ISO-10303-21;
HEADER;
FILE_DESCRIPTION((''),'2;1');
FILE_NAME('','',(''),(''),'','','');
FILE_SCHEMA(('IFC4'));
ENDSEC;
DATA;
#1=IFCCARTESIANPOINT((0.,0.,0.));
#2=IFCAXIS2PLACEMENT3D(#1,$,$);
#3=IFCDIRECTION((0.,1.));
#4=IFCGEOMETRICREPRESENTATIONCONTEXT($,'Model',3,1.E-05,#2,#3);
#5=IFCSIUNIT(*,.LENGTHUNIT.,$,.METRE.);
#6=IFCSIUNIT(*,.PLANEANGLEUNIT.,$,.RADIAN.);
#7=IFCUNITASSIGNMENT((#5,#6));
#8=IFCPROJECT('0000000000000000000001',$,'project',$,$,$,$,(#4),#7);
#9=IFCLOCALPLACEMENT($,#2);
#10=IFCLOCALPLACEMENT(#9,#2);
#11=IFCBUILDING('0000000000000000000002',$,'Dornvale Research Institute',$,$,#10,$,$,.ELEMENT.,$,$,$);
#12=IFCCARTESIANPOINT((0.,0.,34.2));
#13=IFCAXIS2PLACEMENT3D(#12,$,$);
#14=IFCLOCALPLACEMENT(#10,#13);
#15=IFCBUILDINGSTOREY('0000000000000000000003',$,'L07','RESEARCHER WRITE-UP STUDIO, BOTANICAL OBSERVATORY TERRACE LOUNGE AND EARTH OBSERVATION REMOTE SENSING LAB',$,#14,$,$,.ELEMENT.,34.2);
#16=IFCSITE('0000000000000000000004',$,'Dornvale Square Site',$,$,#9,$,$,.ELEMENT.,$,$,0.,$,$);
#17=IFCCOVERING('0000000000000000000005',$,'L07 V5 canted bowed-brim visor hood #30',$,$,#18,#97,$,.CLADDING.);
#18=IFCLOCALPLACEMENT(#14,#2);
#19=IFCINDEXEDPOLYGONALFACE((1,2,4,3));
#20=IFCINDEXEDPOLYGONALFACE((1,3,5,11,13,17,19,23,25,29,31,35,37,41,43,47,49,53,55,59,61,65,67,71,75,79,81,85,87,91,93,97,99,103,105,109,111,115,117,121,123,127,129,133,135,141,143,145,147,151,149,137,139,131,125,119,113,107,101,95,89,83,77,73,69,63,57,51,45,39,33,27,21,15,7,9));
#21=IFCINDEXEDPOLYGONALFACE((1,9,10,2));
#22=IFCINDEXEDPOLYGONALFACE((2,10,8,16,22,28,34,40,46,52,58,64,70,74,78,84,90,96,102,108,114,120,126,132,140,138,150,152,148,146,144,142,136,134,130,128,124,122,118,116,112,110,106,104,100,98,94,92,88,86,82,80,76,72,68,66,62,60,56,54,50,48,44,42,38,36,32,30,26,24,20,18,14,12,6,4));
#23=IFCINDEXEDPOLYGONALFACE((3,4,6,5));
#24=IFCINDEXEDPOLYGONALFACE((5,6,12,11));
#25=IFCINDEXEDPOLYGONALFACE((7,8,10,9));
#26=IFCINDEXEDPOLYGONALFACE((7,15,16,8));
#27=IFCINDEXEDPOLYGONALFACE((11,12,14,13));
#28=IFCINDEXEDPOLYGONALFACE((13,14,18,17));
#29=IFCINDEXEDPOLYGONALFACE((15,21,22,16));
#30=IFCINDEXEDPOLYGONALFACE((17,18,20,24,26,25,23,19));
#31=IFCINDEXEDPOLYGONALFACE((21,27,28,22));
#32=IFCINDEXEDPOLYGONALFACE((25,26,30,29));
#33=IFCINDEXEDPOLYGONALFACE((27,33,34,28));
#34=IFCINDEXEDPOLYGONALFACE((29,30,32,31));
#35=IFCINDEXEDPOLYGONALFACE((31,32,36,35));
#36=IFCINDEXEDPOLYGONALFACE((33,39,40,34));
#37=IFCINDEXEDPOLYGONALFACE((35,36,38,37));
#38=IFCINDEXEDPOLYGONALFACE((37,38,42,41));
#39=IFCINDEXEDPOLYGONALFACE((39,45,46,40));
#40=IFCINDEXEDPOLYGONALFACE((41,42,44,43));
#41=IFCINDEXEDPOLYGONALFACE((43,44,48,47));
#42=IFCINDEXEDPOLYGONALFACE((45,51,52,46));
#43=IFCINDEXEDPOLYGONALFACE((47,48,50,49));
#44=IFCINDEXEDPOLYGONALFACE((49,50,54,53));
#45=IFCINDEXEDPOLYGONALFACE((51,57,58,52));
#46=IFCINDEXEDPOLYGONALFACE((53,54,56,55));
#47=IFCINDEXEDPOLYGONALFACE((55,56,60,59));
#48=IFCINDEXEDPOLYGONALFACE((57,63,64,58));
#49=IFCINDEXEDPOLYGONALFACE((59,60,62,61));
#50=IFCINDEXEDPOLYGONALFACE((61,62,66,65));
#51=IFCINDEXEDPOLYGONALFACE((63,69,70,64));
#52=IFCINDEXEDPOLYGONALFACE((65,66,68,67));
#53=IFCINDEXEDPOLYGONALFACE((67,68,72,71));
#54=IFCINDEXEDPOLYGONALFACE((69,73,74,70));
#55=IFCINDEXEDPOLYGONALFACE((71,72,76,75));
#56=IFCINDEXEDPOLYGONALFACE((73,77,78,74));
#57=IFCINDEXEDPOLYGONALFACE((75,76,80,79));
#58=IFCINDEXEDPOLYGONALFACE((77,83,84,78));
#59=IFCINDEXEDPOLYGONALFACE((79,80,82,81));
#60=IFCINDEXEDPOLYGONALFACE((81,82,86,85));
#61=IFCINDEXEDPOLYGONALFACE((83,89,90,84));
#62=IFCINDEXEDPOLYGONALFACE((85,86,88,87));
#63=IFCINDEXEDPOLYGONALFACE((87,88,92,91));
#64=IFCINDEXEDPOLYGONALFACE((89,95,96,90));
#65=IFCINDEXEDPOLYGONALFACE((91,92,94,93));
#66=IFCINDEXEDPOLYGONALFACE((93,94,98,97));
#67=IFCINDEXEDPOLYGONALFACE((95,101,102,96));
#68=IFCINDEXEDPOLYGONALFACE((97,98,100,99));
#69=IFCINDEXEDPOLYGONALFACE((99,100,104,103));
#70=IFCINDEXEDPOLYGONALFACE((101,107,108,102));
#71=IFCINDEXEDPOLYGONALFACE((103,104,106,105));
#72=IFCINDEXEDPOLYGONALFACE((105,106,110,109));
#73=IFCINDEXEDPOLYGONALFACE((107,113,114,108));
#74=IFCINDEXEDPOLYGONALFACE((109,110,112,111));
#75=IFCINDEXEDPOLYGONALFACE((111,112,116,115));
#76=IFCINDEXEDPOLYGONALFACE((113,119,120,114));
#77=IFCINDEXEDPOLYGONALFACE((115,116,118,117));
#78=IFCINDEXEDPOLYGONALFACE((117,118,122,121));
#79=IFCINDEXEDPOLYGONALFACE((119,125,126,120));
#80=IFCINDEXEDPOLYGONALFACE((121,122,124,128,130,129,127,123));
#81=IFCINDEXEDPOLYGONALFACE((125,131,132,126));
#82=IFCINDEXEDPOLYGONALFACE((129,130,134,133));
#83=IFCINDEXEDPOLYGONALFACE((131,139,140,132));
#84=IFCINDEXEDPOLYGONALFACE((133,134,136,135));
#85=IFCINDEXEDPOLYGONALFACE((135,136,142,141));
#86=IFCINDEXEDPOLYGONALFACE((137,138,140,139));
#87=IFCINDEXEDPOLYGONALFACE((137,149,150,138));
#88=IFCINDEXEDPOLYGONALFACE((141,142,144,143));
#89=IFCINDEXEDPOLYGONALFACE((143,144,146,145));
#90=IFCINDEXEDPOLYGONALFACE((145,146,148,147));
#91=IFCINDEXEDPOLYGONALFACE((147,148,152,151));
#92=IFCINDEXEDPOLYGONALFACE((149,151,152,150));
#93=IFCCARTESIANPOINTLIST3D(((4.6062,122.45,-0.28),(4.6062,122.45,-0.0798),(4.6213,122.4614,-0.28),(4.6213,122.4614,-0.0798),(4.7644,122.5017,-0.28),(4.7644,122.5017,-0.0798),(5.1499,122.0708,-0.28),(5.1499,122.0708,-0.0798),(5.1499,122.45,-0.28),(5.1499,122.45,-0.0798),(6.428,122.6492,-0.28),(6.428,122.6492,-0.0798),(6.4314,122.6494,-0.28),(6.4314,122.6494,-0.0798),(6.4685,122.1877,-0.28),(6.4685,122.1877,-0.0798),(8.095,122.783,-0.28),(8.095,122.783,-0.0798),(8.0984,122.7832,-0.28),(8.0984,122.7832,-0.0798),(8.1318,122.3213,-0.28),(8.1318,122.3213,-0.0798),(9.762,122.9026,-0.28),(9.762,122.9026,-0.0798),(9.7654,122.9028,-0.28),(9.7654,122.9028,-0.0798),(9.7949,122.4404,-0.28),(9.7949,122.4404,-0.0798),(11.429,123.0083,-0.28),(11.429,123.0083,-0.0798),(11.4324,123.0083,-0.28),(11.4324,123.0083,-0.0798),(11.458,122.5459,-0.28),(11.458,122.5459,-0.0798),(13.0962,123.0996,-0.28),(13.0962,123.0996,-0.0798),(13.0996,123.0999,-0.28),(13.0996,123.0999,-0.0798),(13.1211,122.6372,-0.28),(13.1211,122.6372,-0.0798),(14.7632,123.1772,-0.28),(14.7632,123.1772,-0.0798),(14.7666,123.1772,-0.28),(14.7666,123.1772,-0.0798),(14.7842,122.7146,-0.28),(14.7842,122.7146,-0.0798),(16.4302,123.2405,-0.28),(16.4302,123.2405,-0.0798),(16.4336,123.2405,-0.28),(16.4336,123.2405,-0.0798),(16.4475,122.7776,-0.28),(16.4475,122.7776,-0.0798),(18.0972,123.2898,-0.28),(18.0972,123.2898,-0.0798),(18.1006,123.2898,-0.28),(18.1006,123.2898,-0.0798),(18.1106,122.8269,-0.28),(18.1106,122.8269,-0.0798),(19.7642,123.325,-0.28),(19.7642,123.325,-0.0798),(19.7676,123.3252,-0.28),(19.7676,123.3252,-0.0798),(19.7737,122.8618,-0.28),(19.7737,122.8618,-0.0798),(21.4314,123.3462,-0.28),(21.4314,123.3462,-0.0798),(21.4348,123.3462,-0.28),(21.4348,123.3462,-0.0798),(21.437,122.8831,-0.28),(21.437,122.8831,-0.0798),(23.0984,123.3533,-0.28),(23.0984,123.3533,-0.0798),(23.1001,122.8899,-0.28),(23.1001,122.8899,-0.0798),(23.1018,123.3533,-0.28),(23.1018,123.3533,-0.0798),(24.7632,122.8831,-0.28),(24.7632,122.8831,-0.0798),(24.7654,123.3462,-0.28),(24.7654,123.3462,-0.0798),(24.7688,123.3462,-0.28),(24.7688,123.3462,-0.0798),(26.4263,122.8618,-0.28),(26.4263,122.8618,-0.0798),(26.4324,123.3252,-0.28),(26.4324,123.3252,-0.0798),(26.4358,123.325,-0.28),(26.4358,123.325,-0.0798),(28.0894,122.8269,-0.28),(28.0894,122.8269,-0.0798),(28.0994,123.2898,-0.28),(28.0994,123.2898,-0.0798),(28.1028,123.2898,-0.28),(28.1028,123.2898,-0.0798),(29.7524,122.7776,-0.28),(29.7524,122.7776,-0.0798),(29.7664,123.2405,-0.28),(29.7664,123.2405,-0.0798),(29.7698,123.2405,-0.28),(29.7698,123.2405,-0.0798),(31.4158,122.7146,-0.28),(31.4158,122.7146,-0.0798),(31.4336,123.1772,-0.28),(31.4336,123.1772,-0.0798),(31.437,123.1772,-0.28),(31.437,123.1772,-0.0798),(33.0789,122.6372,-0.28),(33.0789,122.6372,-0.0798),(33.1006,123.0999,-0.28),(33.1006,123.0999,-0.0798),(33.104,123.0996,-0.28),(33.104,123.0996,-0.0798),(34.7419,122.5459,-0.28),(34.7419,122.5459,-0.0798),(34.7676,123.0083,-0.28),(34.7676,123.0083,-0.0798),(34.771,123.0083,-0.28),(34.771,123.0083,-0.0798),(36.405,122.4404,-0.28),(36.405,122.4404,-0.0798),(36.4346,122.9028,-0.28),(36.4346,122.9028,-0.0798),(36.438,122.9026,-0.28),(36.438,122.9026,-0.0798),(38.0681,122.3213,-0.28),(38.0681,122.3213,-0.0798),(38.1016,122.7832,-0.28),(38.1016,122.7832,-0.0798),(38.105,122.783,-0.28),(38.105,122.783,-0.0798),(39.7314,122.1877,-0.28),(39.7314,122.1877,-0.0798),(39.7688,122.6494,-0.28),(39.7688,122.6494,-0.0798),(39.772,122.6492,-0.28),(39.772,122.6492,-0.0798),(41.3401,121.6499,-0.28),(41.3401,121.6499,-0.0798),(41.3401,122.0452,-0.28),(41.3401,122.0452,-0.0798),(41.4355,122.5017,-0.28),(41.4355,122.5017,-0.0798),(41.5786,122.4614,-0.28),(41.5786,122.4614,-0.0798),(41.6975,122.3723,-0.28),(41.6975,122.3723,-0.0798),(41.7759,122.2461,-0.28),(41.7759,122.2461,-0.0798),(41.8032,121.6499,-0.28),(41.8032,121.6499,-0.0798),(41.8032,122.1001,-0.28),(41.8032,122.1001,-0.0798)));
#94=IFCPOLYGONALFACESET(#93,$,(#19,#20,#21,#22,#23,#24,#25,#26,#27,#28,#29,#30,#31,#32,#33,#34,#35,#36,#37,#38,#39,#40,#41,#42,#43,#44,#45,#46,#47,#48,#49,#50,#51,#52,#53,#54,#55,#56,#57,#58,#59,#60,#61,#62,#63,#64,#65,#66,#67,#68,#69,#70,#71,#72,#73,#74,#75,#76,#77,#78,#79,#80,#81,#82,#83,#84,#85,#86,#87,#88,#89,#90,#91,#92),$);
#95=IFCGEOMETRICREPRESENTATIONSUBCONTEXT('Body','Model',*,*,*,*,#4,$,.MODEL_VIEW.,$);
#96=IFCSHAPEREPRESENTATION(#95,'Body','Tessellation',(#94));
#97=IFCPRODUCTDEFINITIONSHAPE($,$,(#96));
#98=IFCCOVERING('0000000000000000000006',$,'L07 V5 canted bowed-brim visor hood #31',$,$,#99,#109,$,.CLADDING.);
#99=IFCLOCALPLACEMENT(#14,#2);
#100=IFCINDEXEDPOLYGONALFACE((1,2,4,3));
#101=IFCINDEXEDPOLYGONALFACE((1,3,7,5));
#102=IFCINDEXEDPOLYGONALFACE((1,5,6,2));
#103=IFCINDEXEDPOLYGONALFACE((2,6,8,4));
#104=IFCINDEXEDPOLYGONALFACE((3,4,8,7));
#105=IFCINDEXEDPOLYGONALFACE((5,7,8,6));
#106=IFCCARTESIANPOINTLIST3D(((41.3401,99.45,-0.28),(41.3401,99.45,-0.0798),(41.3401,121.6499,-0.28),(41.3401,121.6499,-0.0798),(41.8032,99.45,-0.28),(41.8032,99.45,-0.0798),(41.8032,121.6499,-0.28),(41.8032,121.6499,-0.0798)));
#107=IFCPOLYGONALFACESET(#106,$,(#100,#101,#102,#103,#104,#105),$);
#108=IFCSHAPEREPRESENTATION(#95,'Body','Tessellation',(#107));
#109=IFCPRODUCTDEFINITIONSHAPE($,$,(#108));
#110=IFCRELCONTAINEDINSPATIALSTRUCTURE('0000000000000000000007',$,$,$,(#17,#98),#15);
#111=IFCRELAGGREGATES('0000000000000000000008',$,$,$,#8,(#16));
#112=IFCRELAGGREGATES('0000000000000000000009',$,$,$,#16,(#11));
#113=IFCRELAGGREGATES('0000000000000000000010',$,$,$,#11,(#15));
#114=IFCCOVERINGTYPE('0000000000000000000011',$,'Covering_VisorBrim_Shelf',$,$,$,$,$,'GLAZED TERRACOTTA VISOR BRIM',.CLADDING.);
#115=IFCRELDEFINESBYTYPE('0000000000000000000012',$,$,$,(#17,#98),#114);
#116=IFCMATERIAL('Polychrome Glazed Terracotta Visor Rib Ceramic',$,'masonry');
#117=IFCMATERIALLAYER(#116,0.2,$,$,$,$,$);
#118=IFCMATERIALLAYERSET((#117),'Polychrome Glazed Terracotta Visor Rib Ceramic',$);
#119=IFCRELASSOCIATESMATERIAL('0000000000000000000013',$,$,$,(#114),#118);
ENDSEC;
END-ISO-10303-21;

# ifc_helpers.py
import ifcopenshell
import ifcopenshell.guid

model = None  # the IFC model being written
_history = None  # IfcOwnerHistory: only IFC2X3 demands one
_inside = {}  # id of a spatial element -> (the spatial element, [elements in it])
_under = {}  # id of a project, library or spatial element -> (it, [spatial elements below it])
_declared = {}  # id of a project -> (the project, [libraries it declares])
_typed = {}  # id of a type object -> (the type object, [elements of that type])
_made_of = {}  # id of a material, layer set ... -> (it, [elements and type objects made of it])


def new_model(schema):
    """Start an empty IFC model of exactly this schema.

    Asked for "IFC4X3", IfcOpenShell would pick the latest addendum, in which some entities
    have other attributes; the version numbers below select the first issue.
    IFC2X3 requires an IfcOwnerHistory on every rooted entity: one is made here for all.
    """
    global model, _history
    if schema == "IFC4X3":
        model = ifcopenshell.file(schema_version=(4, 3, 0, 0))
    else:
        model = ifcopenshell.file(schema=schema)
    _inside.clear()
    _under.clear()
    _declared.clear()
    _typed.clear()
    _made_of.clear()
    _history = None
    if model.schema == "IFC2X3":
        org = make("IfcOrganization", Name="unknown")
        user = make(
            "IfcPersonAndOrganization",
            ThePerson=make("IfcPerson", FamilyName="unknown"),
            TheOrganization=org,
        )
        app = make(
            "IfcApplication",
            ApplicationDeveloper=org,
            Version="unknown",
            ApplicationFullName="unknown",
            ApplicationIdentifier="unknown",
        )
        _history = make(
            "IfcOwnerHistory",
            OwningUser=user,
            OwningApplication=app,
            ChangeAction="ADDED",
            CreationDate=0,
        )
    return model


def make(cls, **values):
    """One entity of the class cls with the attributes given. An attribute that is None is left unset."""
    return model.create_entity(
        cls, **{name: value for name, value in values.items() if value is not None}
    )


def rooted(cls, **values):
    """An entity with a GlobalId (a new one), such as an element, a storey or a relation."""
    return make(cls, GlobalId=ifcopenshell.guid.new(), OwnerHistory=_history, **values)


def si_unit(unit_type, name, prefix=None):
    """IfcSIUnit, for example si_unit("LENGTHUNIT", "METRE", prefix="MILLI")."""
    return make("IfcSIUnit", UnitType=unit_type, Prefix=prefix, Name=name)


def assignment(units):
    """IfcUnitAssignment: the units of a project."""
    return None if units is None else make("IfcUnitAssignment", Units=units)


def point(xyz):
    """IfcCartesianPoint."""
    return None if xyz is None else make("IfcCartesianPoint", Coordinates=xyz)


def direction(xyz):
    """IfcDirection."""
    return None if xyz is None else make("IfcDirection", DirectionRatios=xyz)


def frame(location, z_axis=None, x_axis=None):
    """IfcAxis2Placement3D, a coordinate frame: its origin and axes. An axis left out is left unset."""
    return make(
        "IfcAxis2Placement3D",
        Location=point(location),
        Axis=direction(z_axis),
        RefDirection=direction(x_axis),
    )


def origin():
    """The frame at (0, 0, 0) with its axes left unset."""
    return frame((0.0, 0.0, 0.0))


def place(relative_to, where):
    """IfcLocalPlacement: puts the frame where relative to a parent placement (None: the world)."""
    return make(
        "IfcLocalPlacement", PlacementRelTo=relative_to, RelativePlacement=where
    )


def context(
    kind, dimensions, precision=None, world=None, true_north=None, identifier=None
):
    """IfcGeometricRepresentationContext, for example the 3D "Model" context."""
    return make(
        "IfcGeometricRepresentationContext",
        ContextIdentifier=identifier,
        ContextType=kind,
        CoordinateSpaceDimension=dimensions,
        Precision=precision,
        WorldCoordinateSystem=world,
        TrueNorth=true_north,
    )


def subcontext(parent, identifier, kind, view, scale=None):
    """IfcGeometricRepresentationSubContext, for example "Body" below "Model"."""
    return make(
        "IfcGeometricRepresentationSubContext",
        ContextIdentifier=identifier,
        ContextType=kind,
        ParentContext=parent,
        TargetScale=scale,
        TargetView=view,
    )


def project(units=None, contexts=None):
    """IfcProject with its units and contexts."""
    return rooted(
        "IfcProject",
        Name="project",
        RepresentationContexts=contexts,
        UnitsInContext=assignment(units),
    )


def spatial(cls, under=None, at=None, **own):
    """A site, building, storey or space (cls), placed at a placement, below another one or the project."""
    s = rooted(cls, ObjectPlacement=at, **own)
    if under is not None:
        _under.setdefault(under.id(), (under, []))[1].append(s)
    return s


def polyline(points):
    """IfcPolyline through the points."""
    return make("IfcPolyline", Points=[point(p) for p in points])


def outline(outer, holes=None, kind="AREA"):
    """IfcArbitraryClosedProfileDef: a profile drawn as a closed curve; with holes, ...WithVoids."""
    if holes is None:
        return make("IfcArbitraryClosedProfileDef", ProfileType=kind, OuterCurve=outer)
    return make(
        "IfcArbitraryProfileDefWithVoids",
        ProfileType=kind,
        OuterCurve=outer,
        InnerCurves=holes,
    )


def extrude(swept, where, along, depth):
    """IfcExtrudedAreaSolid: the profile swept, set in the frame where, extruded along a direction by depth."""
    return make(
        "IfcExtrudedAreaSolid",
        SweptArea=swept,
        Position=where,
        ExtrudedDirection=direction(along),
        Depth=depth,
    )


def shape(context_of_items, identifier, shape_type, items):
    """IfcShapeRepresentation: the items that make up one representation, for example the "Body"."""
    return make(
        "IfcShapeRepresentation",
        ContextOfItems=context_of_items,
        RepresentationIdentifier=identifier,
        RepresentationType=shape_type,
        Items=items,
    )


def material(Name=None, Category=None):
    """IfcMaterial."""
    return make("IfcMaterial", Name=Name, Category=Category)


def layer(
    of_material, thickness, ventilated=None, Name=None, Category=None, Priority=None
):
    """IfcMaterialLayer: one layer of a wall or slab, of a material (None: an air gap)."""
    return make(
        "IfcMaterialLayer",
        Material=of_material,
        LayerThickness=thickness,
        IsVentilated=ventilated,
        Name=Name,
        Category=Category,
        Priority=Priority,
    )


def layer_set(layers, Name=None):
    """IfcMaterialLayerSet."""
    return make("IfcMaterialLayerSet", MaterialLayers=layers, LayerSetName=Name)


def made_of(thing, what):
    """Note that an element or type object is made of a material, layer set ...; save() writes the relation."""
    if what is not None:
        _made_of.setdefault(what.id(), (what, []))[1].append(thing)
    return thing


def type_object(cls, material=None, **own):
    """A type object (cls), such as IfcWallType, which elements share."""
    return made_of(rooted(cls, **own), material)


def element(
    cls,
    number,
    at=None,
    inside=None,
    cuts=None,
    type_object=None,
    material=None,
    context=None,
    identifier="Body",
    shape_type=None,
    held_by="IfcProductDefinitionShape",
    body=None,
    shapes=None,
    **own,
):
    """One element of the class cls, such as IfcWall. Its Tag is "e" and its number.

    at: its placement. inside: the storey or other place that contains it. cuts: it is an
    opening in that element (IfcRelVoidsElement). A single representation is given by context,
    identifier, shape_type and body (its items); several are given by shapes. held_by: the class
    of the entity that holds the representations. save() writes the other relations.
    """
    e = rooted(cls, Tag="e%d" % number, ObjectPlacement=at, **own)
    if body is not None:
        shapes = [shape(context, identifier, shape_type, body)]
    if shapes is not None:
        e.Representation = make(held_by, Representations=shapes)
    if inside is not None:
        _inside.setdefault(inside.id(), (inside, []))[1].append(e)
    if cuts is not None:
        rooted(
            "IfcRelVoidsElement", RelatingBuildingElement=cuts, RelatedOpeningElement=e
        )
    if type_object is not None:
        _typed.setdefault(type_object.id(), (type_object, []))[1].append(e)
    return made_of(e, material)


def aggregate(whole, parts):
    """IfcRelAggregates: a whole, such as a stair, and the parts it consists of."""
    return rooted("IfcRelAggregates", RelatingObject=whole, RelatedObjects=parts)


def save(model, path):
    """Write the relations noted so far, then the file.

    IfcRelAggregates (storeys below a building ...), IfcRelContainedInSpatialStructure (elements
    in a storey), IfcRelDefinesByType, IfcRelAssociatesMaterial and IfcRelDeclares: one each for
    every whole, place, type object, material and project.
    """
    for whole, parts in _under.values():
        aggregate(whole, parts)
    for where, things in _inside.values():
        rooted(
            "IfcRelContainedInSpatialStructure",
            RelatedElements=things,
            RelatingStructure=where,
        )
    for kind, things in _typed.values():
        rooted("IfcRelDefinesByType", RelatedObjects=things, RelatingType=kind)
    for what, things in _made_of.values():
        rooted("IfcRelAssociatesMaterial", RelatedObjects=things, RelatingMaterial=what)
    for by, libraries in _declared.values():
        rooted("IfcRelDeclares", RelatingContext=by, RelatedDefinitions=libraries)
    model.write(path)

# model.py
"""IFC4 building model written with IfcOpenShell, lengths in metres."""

from ifc_helpers import new_model, si_unit, direction, frame, origin, place, context, subcontext, project, spatial, polyline, outline, extrude, material, layer, layer_set, type_object, element, save


model = new_model("IFC4")

# Units and contexts
model_context = context("Model", 3, precision=1e-05, world=origin(), true_north=direction((0.0, 1.0)))
body_context = subcontext(model_context, "Body", "Model", "MODEL_VIEW")
ifc_project = project(units=[si_unit("LENGTHUNIT", "METRE"), si_unit("PLANEANGLEUNIT", "RADIAN")], contexts=[model_context])

# Site, building, storey
site_placement = place(None, origin())
site = spatial("IfcSite", under=ifc_project, at=site_placement, Name="Dornvale Square Site", CompositionType="ELEMENT", RefElevation=0.0)
building_placement = place(site_placement, origin())
building = spatial("IfcBuilding", under=site, at=building_placement, Name="Dornvale Research Institute", CompositionType="ELEMENT")
storey_placement = place(building_placement, frame((0.0, 0.0, 34.2)))
storey = spatial("IfcBuildingStorey", under=building, at=storey_placement, Name="L07", Description="RESEARCHER WRITE-UP STUDIO, BOTANICAL OBSERVATORY TERRACE LOUNGE AND EARTH OBSERVATION REMOTE SENSING LAB", CompositionType="ELEMENT", Elevation=34.2)

# Coverings
ifc_material_1 = material(Name="Polychrome Glazed Terracotta Visor Rib Ceramic", Category="masonry")
ifc_layer_1 = layer(ifc_material_1, 0.2)
ifc_layer_set_1 = layer_set([ifc_layer_1], Name="Polychrome Glazed Terracotta Visor Rib Ceramic")
covering_type_1 = type_object("IfcCoveringType", Name="Covering_VisorBrim_Shelf", ElementType="GLAZED TERRACOTTA VISOR BRIM", PredefinedType="CLADDING", material=ifc_layer_set_1)
covering_1_placement = place(storey_placement, frame((0.0, 0.0, -0.28)))
element("IfcCovering", 1, at=covering_1_placement, inside=storey, type_object=covering_type_1, Name="L07 V5 canted bowed-brim visor hood #30", PredefinedType="CLADDING", context=body_context, shape_type="SweptSolid", body=[
    extrude(outline(polyline([(4.7644, 122.5017), (6.428, 122.6492), (6.4314, 122.6494), (8.095, 122.783), (8.0984, 122.7832), (9.762, 122.9026), (9.7654, 122.9028), (11.429, 123.0083), (11.4324, 123.0083), (13.0962, 123.0996), (13.0996, 123.0999), (14.7632, 123.1772), (14.7666, 123.1772), (16.4302, 123.2405), (16.4336, 123.2405), (18.0972, 123.2898), (18.1006, 123.2898), (19.7642, 123.325), (19.7676, 123.3252), (21.4314, 123.3462), (21.4348, 123.3462), (23.0984, 123.3533), (23.1018, 123.3533), (24.7654, 123.3462), (24.7688, 123.3462), (26.4324, 123.3252), (26.4358, 123.325), (28.0994, 123.2898), (28.1028, 123.2898), (29.7664, 123.2405), (29.7698, 123.2405), (31.4336, 123.1772), (31.437, 123.1772), (33.1006, 123.0999), (33.104, 123.0996), (34.7676, 123.0083), (34.771, 123.0083), (36.4346, 122.9028), (36.438, 122.9026), (38.1016, 122.7832), (38.105, 122.783), (39.7688, 122.6494), (39.772, 122.6492), (41.4355, 122.5017), (41.5786, 122.4614), (41.6975, 122.3723), (41.7759, 122.2461), (41.8032, 122.1001), (41.8032, 121.6499), (41.3401, 121.6499), (41.3401, 122.0452), (39.7314, 122.1877), (38.0681, 122.3213), (36.405, 122.4404), (34.7419, 122.5459), (33.0789, 122.6372), (31.4158, 122.7146), (29.7524, 122.7776), (28.0894, 122.8269), (26.4263, 122.8618), (24.7632, 122.8831), (23.1001, 122.8899), (21.437, 122.8831), (19.7737, 122.8618), (18.1106, 122.8269), (16.4475, 122.7776), (14.7842, 122.7146), (13.1211, 122.6372), (11.458, 122.5459), (9.7949, 122.4404), (8.1318, 122.3213), (6.4685, 122.1877), (5.1499, 122.0708), (5.1499, 122.45), (4.6062, 122.45), (4.6213, 122.4614), (4.7644, 122.5017)])), origin(), (0.0, 0.0, 1.0), 0.2002),
])
covering_2_placement = place(storey_placement, frame((0.0, 0.0, -0.28)))
element("IfcCovering", 2, at=covering_2_placement, inside=storey, type_object=covering_type_1, Name="L07 V5 canted bowed-brim visor hood #31", PredefinedType="CLADDING", context=body_context, shape_type="SweptSolid", body=[
    extrude(outline(polyline([(41.8032, 99.45), (41.3401, 99.45), (41.3401, 121.6499), (41.8032, 121.6499), (41.8032, 99.45)])), origin(), (0.0, 0.0, 1.0), 0.2002),
])

save(model, "model.ifc")
